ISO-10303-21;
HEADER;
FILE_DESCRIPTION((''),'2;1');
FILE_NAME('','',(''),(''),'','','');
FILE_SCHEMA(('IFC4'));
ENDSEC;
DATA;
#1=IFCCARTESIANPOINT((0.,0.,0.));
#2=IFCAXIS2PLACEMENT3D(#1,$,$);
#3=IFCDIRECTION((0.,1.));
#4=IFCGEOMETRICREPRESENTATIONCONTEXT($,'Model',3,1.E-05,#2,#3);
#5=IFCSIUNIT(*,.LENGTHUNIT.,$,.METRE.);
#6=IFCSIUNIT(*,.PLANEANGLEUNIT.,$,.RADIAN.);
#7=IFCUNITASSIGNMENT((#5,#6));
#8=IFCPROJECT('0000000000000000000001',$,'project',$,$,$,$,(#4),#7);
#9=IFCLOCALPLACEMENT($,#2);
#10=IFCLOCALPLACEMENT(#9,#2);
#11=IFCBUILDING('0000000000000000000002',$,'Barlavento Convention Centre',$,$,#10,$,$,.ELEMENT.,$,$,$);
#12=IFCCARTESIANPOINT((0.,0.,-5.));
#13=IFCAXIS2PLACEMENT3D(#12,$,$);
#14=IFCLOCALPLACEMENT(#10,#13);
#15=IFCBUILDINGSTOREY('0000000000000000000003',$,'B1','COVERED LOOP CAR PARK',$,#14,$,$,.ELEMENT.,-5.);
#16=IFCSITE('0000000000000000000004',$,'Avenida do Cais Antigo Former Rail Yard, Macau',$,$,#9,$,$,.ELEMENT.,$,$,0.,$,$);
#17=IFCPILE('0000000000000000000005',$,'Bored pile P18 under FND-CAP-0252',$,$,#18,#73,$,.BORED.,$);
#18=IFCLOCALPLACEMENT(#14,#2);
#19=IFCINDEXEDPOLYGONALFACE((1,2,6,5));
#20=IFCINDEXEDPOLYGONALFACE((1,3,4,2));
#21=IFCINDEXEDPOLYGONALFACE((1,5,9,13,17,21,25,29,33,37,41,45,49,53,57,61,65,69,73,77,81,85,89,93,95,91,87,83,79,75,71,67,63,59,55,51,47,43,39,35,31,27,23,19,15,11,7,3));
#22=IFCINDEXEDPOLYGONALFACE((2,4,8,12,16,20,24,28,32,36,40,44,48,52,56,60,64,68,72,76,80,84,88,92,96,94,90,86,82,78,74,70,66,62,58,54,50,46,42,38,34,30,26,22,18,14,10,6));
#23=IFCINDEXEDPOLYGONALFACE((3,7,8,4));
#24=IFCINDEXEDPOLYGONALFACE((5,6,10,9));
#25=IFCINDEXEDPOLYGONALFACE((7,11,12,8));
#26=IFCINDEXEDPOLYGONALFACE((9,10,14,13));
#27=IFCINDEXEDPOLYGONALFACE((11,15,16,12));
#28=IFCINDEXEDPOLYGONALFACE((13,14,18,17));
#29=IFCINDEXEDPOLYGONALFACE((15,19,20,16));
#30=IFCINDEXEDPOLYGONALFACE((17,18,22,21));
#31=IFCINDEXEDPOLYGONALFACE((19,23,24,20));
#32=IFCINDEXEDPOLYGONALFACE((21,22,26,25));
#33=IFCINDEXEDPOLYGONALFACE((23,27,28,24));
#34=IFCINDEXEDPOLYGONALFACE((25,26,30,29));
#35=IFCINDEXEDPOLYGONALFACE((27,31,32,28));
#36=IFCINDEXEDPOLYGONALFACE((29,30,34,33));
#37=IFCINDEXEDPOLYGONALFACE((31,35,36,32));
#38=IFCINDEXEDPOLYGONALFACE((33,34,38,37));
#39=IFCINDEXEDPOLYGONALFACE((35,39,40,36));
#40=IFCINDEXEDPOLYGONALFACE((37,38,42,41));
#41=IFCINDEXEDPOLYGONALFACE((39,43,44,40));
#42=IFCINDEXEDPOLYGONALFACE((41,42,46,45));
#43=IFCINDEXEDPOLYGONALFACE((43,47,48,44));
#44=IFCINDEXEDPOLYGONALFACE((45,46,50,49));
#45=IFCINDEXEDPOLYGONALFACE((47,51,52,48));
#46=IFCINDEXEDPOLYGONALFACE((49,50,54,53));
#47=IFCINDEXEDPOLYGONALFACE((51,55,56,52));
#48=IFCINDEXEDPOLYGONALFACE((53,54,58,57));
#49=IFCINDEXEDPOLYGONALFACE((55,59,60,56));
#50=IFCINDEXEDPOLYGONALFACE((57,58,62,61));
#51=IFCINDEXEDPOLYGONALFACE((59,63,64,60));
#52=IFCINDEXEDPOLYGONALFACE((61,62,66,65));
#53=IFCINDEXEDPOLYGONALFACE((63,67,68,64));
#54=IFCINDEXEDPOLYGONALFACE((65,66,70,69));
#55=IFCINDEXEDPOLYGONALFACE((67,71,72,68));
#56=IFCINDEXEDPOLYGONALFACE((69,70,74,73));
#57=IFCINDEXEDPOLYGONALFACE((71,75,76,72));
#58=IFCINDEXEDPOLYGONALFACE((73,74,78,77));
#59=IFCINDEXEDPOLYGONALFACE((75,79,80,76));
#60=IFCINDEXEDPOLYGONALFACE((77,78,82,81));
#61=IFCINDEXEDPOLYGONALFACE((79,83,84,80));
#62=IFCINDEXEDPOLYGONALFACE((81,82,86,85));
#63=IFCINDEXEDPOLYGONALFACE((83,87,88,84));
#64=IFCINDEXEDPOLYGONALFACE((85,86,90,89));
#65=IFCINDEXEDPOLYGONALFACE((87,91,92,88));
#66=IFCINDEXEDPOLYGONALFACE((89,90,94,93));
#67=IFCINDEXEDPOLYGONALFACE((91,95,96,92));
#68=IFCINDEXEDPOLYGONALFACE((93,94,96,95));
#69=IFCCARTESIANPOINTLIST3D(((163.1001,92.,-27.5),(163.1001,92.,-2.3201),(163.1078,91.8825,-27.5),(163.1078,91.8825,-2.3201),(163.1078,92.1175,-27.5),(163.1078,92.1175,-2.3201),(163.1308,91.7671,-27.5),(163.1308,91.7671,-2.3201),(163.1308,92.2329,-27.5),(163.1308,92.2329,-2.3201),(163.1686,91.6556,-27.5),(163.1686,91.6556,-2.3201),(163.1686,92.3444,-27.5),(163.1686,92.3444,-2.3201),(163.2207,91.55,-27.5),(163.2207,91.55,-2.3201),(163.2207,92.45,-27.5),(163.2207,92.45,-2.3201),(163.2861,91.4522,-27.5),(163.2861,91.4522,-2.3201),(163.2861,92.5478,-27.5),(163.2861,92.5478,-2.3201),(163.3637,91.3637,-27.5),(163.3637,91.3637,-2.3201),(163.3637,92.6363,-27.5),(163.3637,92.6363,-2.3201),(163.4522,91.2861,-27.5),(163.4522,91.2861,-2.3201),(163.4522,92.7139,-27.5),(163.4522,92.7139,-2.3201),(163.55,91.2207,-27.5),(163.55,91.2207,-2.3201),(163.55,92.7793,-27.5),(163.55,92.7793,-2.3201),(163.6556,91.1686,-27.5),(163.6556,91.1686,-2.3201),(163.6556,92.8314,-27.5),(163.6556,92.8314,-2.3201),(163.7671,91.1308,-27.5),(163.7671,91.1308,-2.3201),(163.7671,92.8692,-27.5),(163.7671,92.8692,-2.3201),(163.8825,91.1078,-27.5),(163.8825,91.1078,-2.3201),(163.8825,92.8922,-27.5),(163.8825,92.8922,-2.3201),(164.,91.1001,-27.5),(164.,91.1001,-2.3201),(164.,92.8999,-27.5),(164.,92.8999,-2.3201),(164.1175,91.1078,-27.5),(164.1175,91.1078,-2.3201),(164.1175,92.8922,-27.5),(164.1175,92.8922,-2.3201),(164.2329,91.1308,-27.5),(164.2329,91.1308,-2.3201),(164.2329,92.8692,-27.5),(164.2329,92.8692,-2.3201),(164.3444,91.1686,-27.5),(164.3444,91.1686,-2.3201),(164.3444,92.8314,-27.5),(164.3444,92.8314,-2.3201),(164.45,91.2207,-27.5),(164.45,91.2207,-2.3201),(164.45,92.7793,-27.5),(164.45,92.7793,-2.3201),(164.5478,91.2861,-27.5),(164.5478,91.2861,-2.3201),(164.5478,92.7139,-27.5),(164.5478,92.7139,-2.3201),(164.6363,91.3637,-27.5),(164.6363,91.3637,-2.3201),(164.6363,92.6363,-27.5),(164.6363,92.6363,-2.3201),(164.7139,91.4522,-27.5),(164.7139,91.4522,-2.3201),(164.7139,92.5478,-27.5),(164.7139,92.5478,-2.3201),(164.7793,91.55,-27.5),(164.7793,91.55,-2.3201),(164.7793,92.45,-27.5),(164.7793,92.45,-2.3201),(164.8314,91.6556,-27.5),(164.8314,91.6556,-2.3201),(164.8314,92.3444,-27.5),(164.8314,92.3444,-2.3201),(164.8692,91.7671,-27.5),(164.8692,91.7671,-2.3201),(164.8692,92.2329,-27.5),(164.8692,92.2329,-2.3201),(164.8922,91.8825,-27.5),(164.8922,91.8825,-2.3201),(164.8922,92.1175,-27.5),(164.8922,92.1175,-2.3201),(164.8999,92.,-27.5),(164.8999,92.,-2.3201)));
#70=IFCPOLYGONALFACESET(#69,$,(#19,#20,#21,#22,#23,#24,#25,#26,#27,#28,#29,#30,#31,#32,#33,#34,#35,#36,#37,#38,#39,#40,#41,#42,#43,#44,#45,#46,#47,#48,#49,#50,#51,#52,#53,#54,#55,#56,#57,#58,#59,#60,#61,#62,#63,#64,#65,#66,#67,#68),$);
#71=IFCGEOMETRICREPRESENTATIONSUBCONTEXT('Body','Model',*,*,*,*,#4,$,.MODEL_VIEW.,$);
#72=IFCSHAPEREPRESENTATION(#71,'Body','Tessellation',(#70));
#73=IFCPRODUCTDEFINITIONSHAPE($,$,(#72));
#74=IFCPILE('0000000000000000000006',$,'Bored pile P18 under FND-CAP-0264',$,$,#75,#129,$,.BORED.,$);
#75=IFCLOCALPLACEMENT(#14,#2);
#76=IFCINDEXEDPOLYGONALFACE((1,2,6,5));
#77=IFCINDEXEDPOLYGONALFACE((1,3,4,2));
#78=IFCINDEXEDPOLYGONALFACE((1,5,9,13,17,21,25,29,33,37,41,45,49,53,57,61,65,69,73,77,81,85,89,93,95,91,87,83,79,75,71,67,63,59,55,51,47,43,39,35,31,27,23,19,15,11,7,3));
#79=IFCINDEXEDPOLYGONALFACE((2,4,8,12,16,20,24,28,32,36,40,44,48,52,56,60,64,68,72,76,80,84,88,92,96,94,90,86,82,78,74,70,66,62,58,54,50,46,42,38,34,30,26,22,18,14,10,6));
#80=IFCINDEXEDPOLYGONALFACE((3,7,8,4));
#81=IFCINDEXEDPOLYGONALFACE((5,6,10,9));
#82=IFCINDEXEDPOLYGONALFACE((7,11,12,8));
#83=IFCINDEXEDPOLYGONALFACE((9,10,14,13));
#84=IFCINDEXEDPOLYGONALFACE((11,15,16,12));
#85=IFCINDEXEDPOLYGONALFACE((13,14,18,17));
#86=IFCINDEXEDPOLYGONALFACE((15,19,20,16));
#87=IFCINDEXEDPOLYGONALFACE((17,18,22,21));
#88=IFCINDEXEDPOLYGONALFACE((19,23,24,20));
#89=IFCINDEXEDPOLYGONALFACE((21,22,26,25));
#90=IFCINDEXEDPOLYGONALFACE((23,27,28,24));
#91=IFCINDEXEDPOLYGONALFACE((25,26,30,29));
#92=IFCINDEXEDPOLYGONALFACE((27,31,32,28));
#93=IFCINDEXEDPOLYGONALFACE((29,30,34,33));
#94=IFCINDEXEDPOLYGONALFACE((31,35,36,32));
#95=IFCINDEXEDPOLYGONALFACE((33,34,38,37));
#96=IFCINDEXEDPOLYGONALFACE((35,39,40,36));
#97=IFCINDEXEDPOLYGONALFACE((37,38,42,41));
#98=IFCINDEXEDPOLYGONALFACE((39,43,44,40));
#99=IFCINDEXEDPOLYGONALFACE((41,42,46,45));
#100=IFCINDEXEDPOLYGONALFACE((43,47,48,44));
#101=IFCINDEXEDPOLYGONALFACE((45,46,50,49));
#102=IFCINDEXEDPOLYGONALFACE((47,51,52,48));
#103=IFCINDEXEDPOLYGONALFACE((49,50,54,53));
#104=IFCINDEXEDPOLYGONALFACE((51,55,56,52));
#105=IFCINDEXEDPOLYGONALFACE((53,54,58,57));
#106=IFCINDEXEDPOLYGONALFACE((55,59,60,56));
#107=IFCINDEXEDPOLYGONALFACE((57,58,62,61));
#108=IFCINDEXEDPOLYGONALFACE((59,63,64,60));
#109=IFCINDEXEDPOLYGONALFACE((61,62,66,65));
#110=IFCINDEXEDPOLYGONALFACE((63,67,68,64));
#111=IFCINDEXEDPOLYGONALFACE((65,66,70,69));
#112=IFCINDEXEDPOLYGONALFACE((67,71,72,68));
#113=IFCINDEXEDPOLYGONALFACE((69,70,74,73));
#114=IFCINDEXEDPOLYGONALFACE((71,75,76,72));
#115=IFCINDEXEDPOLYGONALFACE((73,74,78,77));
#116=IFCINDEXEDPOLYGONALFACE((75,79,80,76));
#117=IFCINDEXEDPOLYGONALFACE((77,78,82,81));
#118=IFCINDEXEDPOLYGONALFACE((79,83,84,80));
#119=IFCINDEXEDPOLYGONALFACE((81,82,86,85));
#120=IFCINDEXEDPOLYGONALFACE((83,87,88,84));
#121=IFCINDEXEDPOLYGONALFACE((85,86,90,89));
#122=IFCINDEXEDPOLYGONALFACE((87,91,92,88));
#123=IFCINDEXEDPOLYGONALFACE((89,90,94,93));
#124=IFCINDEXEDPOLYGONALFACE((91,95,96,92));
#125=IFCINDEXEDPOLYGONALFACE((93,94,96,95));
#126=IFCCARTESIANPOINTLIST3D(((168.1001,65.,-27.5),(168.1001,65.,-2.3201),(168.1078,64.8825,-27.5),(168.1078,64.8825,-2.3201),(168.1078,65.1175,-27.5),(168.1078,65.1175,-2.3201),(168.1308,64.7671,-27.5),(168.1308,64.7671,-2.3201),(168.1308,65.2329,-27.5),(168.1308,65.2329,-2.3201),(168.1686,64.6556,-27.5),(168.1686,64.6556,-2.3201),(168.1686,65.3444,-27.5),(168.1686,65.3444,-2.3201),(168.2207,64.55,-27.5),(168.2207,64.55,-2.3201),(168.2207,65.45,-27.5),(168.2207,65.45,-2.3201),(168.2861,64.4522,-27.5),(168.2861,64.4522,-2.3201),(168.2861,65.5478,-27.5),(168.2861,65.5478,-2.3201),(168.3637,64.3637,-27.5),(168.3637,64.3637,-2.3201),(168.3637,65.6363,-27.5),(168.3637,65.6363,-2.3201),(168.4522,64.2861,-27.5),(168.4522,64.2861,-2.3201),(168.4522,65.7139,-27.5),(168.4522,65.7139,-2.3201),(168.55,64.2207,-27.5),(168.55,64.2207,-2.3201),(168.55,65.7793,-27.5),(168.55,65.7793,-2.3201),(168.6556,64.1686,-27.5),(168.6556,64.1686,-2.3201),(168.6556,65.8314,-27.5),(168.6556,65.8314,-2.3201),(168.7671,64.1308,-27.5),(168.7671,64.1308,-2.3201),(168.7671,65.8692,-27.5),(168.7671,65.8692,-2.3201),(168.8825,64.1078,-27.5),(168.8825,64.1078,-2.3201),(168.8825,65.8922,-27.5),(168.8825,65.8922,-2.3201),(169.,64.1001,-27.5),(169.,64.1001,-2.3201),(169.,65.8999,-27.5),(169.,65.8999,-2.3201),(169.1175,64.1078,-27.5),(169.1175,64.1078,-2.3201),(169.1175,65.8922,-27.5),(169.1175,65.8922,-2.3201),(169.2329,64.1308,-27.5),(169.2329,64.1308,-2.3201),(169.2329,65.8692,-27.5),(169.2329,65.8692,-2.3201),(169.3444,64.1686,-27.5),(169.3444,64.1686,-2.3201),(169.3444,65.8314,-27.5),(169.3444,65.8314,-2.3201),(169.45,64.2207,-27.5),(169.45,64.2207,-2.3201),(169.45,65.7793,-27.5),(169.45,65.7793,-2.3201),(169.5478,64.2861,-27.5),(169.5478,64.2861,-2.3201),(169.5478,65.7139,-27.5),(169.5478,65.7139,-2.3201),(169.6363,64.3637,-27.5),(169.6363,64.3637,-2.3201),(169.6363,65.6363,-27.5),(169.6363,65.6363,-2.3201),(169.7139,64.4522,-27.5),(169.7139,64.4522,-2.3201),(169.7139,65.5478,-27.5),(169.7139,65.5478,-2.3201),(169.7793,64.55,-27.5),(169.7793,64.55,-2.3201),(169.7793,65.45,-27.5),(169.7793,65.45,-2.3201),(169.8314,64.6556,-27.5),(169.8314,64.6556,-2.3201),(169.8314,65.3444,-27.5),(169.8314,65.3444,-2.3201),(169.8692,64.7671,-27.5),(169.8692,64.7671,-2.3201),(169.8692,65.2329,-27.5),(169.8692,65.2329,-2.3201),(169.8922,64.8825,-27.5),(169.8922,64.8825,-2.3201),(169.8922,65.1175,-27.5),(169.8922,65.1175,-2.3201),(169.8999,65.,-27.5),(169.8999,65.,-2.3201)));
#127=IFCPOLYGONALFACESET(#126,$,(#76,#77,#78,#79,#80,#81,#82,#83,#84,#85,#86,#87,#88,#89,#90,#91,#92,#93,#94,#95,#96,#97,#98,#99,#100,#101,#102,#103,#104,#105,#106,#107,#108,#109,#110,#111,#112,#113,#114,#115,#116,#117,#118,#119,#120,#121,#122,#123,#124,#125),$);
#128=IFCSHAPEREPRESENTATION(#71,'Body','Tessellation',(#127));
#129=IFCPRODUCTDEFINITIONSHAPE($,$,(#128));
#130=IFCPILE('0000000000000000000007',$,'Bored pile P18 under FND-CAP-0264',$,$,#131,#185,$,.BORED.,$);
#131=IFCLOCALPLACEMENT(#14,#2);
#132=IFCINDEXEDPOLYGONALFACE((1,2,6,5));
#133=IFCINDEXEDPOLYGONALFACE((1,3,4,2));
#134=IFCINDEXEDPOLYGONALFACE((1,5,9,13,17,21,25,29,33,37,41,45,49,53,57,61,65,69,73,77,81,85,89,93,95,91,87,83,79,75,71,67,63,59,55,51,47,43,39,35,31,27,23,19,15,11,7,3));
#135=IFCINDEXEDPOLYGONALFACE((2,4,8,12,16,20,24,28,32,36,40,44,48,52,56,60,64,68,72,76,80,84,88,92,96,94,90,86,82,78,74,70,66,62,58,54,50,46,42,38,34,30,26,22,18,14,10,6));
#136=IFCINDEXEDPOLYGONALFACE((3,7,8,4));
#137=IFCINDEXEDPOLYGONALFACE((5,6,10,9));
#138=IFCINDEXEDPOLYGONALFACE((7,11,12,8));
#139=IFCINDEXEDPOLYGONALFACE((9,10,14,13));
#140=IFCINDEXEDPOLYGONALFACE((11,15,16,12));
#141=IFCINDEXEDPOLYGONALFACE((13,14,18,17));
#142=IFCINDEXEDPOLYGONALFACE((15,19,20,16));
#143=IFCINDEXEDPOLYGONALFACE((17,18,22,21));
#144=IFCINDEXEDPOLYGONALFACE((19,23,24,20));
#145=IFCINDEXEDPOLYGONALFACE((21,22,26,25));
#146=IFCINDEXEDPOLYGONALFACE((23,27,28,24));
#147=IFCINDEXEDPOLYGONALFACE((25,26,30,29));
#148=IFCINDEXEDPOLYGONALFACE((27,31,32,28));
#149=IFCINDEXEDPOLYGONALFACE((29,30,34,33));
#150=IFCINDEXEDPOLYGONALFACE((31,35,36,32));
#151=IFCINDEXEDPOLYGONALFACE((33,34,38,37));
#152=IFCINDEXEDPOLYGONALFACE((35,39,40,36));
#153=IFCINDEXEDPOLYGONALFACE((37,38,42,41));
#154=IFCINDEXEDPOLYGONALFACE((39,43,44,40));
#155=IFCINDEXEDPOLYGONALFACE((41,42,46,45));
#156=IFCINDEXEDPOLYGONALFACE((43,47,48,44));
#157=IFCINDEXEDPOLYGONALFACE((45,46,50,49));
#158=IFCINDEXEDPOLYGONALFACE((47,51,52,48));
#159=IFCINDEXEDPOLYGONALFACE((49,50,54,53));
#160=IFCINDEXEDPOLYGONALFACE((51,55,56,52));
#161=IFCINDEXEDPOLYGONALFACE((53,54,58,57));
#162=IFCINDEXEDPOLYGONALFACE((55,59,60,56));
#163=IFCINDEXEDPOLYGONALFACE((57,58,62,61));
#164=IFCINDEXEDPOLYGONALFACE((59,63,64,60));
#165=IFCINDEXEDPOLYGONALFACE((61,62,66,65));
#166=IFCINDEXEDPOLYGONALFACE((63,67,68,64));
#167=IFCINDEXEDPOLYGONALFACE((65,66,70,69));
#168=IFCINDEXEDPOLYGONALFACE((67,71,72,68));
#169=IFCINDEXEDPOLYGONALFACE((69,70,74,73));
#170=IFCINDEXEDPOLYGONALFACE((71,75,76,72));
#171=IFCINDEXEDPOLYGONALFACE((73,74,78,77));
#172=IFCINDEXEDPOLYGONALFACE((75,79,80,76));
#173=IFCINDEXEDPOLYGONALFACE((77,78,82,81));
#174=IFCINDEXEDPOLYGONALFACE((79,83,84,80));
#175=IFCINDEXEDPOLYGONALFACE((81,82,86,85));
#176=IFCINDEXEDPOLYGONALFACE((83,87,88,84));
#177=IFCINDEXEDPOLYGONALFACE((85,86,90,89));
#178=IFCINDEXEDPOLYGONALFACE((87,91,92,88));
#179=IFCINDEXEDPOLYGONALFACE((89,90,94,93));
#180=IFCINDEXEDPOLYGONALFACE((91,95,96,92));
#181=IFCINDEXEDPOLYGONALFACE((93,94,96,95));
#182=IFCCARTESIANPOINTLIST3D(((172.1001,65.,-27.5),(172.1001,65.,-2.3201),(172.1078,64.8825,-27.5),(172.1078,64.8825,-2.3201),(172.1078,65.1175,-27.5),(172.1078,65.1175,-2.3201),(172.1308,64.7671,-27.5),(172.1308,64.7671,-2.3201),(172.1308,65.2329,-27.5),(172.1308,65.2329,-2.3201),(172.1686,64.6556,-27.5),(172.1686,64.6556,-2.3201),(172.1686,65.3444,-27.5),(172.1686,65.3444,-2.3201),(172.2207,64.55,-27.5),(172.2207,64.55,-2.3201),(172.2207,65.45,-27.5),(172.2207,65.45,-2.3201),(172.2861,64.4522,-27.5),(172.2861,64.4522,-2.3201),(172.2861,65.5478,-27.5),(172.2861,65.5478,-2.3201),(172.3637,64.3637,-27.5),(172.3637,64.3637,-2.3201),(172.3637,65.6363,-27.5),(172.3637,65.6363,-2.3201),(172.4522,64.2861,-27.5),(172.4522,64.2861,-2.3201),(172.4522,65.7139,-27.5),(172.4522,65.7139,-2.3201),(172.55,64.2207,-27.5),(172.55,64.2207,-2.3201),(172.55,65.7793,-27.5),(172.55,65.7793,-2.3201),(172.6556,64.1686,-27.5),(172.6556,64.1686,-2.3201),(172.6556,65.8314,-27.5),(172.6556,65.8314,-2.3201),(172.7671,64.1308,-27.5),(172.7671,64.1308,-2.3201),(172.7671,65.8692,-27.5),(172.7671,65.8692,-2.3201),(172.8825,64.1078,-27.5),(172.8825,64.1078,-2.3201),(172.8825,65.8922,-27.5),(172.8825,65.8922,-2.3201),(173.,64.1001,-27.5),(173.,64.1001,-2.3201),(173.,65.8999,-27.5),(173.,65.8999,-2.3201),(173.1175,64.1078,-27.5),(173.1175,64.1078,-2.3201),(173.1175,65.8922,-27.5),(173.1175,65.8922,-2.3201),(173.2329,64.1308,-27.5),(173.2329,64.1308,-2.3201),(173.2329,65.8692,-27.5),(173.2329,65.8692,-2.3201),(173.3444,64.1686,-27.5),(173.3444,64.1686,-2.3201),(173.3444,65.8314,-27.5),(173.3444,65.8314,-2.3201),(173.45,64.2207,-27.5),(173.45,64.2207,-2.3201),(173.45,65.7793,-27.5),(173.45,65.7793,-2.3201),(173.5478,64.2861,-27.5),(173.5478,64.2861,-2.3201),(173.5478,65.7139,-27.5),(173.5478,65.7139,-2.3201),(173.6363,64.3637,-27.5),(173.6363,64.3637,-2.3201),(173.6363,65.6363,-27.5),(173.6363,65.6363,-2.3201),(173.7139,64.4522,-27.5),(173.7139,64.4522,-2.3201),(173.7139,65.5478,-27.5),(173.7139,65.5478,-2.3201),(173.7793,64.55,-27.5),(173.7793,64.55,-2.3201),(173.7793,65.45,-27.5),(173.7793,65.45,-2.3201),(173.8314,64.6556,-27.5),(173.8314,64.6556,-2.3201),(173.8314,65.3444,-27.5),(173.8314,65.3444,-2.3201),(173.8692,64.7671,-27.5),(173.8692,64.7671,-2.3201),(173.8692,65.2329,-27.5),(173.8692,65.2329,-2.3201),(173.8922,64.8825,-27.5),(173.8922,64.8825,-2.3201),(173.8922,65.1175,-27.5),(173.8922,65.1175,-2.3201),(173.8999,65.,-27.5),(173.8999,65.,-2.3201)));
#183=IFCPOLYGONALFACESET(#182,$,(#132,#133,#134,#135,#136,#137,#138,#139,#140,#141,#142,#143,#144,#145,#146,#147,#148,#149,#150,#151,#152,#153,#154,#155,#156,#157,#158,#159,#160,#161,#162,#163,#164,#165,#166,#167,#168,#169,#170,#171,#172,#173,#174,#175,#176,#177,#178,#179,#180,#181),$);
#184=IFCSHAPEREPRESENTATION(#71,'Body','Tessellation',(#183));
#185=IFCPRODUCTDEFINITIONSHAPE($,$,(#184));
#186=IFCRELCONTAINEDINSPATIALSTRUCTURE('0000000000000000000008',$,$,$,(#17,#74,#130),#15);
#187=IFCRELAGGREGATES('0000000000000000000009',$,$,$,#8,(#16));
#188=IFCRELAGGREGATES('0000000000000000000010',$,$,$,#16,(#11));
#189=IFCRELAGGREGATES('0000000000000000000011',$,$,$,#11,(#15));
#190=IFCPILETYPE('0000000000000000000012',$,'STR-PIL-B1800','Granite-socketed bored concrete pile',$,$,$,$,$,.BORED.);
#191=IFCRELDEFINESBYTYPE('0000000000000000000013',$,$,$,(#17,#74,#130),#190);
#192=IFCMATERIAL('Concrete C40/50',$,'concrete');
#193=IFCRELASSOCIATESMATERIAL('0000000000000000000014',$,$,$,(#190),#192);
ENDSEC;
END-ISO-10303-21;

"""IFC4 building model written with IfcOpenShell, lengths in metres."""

from ifc_helpers import new_model, si_unit, direction, frame, origin, origin_2d, place, context, subcontext, project, spatial, circle, extrude, material, material_profile, profile_set, type_object, element, save


model = new_model("IFC4")

# Units and contexts
model_context = context("Model", 3, precision=1e-05, world=origin(), true_north=direction((0.0, 1.0)))
body_context = subcontext(model_context, "Body", "Model", "MODEL_VIEW")
ifc_project = project(units=[si_unit("LENGTHUNIT", "METRE"), si_unit("PLANEANGLEUNIT", "RADIAN")], contexts=[model_context])

# Site, building, storey
site_placement = place(None, origin())
site = spatial("IfcSite", under=ifc_project, at=site_placement, Name="Avenida do Cais Antigo Former Rail Yard, Macau", CompositionType="ELEMENT", RefElevation=0.0)
building_placement = place(site_placement, origin())
building = spatial("IfcBuilding", under=site, at=building_placement, Name="Barlavento Convention Centre", CompositionType="ELEMENT")
storey_placement = place(building_placement, frame((0.0, 0.0, -5.0)))
storey = spatial("IfcBuildingStorey", under=building, at=storey_placement, Name="B1", Description="COVERED LOOP CAR PARK", CompositionType="ELEMENT", Elevation=-5.0)

# Shared definitions
ifc_material_1 = material(Name="Concrete C40/50", Category="concrete")

# Piles
ifc_material_profile_1 = material_profile(ifc_material_1, circle(Radius=0.8999, at=origin_2d()), Name="BORED PILE 1800")
ifc_profile_set_1 = profile_set([ifc_material_profile_1], Name="Concrete C40/50")
pile_type_1 = type_object("IfcPileType", Name="STR-PIL-B1800", Description="Granite-socketed bored concrete pile", PredefinedType="BORED", material=ifc_profile_set_1)
for number, where, z_axis, x_axis, name in (
    (1, (164.0, 92.0, -2.3201), (0.0, 0.0, -1.0), (1.0, 0.0, 0.0), "Bored pile P18 under FND-CAP-0252"),
    (2, (169.0, 65.0, -2.3201), (0.0, 0.0, -1.0), (1.0, 0.0, 0.0), "Bored pile P18 under FND-CAP-0264"),
    (3, (173.0, 65.0, -2.3201), (0.0, 0.0, -1.0), (1.0, 0.0, 0.0), "Bored pile P18 under FND-CAP-0264"),
):
    element("IfcPile", number, at=place(storey_placement, frame(where, z_axis=z_axis, x_axis=x_axis)), inside=storey, type_object=pile_type_1, Name=name, PredefinedType="BORED", context=body_context, shape_type="SweptSolid", body=[
        extrude(circle(Radius=0.8999, at=origin_2d()), origin(), (0.0, 0.0, 1.0), 25.1799),
    ])

save(model, "model.ifc")
